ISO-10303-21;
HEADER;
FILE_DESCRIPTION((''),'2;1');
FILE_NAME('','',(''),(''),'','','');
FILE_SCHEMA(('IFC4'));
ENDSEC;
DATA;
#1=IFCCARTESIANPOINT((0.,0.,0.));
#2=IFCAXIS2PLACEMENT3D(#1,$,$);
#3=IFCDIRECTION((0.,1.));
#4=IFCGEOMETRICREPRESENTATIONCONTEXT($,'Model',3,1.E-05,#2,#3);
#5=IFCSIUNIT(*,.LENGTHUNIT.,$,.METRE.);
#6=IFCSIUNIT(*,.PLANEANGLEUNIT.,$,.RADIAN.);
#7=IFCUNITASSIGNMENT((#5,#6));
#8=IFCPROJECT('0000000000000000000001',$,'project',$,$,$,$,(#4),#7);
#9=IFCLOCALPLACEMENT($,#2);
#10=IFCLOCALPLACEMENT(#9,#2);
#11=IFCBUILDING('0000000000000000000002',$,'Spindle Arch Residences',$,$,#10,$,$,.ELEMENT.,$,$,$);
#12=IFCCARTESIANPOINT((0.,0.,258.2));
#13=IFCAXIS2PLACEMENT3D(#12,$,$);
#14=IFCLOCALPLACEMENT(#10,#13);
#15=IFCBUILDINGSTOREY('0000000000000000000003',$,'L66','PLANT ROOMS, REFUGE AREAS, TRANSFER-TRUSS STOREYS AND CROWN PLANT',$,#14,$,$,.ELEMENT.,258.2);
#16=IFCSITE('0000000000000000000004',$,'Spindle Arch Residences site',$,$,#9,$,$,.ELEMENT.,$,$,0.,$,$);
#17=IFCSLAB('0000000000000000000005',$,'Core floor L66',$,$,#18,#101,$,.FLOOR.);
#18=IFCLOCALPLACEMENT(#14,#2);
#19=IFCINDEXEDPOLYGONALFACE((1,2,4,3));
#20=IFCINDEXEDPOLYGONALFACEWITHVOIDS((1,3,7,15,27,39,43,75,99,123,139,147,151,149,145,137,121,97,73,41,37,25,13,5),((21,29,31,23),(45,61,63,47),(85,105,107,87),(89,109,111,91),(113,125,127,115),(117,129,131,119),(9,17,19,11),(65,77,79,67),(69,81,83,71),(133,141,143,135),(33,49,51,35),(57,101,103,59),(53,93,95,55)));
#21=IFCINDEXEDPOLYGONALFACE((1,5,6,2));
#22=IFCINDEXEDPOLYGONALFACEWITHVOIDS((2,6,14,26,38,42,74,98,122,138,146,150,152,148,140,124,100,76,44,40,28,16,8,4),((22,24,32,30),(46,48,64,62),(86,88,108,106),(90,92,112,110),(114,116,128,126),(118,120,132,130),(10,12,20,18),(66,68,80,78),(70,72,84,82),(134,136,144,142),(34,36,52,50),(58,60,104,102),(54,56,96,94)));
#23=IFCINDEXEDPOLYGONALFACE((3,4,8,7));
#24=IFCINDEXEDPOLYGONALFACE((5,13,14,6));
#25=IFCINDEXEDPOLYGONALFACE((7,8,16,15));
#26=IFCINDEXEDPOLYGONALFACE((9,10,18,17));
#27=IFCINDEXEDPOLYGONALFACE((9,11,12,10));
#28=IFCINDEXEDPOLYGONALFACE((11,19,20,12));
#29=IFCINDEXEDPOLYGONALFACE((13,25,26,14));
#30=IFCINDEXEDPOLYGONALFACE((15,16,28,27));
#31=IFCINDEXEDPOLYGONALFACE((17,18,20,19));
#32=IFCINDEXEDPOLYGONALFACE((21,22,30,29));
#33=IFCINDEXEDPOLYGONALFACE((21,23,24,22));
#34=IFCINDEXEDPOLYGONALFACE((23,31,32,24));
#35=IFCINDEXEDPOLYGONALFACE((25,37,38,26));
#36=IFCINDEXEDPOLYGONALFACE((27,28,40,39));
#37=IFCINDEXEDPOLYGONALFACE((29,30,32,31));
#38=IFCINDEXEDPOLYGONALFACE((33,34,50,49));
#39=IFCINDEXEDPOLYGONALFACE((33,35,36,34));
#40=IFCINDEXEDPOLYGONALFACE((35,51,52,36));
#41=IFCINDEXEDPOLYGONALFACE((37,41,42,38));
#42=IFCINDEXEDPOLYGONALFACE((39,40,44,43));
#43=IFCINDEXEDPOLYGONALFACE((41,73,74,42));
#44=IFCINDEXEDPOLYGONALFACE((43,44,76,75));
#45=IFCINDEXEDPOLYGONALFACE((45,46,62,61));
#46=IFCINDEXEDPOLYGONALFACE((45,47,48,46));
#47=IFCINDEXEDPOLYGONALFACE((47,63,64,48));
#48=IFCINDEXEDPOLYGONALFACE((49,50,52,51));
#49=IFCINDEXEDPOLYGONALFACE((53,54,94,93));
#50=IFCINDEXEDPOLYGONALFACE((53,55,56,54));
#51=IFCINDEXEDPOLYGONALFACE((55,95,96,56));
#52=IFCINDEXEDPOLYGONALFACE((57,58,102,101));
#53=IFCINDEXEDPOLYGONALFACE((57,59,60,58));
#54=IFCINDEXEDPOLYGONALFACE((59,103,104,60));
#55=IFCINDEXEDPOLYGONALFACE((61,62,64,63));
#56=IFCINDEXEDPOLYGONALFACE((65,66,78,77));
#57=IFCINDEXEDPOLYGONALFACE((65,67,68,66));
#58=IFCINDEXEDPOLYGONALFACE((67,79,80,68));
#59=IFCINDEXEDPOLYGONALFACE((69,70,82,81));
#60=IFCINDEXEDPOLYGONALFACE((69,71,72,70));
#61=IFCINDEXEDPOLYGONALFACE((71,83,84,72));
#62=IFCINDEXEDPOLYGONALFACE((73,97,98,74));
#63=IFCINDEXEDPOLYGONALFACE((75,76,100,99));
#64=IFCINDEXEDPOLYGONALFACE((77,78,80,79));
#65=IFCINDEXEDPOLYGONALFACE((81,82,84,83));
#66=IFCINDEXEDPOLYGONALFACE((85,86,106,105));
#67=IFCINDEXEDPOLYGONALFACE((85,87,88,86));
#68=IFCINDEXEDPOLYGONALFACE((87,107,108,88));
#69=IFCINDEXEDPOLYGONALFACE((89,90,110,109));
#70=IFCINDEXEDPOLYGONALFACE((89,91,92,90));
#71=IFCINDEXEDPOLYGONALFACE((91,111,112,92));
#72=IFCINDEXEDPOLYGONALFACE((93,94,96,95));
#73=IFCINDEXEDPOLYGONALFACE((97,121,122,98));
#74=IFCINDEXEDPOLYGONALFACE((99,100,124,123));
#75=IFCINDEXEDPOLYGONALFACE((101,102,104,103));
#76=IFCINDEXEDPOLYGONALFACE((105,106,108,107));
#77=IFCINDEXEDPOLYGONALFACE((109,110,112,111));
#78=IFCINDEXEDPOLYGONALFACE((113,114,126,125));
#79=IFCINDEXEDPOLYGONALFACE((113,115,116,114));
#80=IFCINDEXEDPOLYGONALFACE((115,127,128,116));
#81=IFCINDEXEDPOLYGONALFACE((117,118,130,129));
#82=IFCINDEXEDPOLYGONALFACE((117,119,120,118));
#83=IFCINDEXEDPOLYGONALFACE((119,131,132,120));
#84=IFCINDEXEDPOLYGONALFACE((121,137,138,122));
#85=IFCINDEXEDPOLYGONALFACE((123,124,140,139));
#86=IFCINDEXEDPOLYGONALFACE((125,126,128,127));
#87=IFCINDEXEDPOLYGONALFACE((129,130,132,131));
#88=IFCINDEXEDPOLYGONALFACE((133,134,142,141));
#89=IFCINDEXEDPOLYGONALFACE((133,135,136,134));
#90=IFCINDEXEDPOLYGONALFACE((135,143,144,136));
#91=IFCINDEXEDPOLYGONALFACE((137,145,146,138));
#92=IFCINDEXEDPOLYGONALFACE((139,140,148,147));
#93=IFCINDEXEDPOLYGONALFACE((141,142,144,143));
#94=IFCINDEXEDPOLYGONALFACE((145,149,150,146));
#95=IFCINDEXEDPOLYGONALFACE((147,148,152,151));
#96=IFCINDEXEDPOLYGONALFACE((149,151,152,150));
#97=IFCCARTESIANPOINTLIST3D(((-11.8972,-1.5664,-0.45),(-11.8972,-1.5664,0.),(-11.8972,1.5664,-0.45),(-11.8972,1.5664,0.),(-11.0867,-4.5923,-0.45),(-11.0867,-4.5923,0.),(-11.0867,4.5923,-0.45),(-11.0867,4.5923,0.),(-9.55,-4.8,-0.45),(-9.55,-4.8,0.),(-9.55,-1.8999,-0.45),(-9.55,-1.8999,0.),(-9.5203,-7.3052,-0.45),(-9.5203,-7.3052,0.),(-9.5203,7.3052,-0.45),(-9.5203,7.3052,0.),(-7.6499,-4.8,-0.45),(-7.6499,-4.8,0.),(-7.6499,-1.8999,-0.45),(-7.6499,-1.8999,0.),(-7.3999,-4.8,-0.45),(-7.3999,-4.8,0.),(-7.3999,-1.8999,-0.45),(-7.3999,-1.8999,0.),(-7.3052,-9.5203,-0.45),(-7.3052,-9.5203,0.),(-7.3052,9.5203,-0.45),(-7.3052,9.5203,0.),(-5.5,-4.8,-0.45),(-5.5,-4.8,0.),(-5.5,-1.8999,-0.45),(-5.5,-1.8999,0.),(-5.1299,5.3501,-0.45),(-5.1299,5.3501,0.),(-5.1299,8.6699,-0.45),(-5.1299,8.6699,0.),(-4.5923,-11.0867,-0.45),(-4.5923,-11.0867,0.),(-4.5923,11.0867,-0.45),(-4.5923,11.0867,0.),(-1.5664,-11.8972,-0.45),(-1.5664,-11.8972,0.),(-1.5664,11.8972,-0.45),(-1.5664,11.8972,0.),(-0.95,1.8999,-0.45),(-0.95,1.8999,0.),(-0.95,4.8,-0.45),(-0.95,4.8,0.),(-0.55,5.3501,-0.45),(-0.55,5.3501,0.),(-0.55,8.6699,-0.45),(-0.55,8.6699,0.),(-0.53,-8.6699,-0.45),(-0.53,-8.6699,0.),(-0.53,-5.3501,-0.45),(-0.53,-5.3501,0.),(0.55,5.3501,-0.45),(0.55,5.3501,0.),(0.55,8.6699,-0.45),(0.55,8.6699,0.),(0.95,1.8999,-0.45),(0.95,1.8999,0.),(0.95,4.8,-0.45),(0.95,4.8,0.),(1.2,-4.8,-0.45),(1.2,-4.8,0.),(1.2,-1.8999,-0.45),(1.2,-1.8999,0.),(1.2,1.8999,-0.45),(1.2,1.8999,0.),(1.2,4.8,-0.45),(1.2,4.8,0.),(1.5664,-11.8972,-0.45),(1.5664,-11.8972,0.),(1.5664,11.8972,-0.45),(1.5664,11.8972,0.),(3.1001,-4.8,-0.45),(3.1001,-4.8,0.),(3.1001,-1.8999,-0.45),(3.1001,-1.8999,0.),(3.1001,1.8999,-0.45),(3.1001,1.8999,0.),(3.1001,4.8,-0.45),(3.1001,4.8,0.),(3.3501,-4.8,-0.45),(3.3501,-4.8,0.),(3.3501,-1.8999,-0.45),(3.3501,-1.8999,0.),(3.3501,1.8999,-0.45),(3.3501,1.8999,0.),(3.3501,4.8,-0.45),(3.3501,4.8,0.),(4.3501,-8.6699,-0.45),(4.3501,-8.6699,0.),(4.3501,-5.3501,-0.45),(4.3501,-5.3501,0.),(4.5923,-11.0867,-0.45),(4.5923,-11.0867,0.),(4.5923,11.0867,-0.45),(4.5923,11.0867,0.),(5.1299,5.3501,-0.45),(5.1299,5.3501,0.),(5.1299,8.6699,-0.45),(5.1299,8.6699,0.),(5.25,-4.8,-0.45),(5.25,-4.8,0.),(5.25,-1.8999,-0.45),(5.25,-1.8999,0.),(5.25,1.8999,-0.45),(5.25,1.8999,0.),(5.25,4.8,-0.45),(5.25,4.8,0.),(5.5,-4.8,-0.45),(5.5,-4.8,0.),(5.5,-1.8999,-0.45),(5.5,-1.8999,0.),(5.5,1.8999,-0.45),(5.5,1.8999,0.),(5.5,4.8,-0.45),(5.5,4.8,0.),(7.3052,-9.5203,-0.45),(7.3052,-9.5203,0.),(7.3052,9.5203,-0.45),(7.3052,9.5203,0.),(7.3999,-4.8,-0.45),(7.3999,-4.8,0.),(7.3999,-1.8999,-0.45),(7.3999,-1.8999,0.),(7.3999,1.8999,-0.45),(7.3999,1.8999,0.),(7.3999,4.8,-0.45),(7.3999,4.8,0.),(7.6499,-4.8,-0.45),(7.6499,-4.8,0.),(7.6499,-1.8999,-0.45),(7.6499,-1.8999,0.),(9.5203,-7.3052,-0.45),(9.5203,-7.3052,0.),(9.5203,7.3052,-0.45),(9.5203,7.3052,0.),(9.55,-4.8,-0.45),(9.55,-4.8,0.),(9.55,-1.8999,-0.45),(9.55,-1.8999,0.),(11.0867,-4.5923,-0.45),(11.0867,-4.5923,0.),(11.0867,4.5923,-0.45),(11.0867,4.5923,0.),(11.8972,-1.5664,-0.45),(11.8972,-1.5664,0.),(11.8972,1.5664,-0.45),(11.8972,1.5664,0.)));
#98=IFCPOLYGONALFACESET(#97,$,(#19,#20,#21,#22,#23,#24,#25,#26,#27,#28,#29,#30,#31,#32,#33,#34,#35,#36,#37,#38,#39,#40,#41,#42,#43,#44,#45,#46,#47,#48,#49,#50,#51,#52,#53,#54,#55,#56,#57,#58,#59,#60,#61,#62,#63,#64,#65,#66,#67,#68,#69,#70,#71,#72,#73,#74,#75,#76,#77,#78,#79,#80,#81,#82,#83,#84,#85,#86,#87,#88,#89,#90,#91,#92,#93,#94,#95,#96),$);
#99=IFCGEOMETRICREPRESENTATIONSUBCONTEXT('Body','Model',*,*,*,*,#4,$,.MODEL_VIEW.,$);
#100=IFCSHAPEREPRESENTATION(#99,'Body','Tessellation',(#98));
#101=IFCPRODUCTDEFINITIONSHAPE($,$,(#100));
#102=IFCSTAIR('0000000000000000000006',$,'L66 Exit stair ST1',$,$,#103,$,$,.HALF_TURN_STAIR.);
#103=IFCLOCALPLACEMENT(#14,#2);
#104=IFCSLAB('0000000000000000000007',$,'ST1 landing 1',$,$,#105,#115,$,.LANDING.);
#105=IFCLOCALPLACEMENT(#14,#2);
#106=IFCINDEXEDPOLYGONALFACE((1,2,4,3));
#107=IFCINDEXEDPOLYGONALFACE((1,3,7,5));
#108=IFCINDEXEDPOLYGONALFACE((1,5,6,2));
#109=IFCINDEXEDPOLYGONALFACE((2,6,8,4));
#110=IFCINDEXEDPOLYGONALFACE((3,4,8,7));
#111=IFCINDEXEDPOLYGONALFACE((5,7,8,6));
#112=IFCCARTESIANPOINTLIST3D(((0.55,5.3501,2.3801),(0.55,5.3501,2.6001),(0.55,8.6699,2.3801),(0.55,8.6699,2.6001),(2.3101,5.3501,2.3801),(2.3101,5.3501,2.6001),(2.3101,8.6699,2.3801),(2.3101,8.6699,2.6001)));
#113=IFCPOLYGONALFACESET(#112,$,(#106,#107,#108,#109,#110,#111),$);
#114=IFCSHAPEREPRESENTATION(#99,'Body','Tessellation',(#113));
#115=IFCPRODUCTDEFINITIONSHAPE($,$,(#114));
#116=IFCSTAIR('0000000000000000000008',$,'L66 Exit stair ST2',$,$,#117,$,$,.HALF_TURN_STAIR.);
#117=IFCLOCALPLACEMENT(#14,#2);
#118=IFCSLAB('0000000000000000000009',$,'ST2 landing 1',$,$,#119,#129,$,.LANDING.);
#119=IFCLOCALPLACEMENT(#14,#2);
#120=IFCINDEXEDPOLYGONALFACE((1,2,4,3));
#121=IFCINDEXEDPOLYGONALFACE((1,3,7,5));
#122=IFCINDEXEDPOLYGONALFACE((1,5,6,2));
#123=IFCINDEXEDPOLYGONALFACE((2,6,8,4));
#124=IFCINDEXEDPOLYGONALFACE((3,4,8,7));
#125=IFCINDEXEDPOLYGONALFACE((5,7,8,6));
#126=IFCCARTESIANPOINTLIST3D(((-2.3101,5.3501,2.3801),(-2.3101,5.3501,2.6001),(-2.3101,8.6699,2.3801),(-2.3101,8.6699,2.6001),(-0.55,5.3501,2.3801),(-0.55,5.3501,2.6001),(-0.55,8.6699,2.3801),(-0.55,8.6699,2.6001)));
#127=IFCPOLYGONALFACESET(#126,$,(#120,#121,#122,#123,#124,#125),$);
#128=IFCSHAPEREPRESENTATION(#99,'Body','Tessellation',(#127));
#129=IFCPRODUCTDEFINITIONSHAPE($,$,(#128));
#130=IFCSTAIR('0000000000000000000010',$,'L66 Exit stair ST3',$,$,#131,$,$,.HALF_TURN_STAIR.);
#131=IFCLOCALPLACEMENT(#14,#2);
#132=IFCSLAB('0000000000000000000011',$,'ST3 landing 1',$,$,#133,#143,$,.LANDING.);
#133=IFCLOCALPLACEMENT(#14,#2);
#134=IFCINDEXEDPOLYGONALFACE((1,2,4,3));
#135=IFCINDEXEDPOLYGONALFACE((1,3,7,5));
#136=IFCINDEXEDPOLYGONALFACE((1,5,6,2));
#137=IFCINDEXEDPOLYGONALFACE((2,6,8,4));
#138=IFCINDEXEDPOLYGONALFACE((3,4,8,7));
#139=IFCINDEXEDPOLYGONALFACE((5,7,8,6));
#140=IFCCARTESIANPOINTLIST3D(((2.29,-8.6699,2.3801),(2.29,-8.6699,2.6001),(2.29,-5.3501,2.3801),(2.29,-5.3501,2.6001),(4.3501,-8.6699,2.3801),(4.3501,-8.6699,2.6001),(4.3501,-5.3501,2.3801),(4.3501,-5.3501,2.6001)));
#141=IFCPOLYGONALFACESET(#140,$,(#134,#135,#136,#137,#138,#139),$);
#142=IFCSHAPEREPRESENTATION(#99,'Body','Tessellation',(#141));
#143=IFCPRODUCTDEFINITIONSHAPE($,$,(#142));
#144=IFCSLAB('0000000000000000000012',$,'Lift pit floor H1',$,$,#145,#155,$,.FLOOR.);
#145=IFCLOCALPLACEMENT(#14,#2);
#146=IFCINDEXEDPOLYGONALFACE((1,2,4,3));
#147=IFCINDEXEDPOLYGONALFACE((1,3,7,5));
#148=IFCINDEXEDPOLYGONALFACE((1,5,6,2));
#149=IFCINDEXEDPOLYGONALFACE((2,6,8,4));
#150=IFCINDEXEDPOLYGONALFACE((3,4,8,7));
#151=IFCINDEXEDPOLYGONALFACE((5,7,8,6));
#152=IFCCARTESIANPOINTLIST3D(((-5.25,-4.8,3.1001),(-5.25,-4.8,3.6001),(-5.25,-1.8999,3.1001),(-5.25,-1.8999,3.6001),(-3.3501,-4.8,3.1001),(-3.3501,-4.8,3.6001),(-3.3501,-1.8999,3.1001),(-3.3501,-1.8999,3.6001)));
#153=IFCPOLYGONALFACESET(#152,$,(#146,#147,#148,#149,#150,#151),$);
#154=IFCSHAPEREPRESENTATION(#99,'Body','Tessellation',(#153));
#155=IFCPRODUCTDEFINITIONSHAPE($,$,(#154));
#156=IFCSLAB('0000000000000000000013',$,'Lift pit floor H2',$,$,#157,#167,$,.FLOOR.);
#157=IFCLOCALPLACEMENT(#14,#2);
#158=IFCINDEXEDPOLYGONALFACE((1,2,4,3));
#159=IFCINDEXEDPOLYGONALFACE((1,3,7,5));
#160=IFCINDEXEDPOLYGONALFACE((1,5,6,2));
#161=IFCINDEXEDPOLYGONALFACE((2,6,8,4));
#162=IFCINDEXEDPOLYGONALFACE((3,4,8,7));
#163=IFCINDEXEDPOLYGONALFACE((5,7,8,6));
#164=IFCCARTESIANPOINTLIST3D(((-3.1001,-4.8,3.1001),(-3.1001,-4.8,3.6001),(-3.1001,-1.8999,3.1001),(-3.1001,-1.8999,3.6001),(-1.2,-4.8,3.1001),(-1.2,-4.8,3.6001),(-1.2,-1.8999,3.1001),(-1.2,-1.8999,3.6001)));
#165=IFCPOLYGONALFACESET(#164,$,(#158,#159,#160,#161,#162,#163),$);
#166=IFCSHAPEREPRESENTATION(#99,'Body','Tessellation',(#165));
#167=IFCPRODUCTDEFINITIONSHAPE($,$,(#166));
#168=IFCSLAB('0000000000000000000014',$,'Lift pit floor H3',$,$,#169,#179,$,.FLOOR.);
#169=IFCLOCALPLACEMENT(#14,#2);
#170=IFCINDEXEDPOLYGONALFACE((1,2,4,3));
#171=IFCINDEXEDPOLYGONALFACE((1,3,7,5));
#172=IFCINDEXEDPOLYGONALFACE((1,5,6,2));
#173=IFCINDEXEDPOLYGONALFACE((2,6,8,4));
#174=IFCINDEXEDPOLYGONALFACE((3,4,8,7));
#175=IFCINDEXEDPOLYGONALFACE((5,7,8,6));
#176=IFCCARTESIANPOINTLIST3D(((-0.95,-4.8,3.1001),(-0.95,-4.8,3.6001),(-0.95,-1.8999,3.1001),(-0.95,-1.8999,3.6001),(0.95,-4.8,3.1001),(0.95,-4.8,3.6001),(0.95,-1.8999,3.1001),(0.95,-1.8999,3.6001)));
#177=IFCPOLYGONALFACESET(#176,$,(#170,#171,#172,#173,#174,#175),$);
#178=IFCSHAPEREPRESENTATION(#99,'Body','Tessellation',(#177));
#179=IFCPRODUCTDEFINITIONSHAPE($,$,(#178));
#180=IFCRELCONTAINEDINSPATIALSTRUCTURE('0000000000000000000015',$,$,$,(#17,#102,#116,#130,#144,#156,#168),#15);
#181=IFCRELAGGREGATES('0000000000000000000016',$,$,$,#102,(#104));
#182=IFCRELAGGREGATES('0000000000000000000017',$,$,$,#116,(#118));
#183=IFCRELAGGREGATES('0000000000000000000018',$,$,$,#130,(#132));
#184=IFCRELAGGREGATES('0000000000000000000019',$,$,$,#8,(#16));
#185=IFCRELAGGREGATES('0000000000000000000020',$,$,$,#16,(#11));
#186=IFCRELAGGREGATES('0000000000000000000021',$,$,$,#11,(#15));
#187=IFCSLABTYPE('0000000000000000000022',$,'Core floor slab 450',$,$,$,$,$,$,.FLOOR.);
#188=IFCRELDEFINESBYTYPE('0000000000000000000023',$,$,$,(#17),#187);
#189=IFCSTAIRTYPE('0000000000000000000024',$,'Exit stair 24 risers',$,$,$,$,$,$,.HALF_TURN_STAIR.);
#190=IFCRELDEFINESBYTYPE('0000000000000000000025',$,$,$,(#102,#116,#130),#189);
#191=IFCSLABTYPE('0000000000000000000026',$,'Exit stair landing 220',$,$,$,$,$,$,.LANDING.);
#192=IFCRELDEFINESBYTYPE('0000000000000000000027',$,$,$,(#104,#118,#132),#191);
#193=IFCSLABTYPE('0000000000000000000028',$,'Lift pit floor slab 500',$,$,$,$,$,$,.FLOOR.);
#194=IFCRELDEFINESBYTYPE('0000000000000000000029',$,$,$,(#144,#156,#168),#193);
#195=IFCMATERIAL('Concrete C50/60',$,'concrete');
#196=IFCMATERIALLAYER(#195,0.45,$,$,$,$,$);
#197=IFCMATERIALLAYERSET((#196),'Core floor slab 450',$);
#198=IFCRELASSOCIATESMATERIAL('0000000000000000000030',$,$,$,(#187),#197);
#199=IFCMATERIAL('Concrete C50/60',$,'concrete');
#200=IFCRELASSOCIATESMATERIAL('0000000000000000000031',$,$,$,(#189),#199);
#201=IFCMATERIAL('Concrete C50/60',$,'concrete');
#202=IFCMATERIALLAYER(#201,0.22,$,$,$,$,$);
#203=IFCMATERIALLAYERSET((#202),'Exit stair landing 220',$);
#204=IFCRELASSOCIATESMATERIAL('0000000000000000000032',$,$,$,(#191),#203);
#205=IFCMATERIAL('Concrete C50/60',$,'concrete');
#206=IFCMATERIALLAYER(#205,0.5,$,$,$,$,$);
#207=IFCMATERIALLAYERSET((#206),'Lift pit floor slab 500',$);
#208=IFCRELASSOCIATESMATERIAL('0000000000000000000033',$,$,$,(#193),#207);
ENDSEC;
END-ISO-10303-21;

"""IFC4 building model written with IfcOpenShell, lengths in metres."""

from ifc_helpers import new_model, si_unit, direction, frame, origin, place, context, subcontext, project, spatial, polyline, outline, extrude, material, layer, layer_set, type_object, element, aggregate, save


model = new_model("IFC4")

# Units and contexts
model_context = context("Model", 3, precision=1e-05, world=origin(), true_north=direction((0.0, 1.0)))
body_context = subcontext(model_context, "Body", "Model", "MODEL_VIEW")
ifc_project = project(units=[si_unit("LENGTHUNIT", "METRE"), si_unit("PLANEANGLEUNIT", "RADIAN")], contexts=[model_context])

# Site, building, storey
site_placement = place(None, origin())
site = spatial("IfcSite", under=ifc_project, at=site_placement, Name="Spindle Arch Residences site", CompositionType="ELEMENT", RefElevation=0.0)
building_placement = place(site_placement, origin())
building = spatial("IfcBuilding", under=site, at=building_placement, Name="Spindle Arch Residences", CompositionType="ELEMENT")
storey_placement = place(building_placement, frame((0.0, 0.0, 258.2)))
storey = spatial("IfcBuildingStorey", under=building, at=storey_placement, Name="L66", Description="PLANT ROOMS, REFUGE AREAS, TRANSFER-TRUSS STOREYS AND CROWN PLANT", CompositionType="ELEMENT", Elevation=258.2)

# Slab
ifc_material_1 = material(Name="Concrete C50/60", Category="concrete")
ifc_layer_1 = layer(ifc_material_1, 0.45)
ifc_layer_set_1 = layer_set([ifc_layer_1], Name="Core floor slab 450")
slab_type_1 = type_object("IfcSlabType", Name="Core floor slab 450", PredefinedType="FLOOR", material=ifc_layer_set_1)
slab_1_placement = place(storey_placement, frame((0.0, 0.0, -0.45)))
element("IfcSlab", 1, at=slab_1_placement, inside=storey, type_object=slab_type_1, Name="Core floor L66", PredefinedType="FLOOR", context=body_context, shape_type="SweptSolid", body=[
    extrude(outline(polyline([(1.5664, -11.8972), (4.5923, -11.0867), (7.3052, -9.5203), (9.5203, -7.3052), (11.0867, -4.5923), (11.8972, -1.5664), (11.8972, 1.5664), (11.0867, 4.5923), (9.5203, 7.3052), (7.3052, 9.5203), (4.5923, 11.0867), (1.5664, 11.8972), (-1.5664, 11.8972), (-4.5923, 11.0867), (-7.3052, 9.5203), (-9.5203, 7.3052), (-11.0867, 4.5923), (-11.8972, 1.5664), (-11.8972, -1.5664), (-11.0867, -4.5923), (-9.5203, -7.3052), (-7.3052, -9.5203), (-4.5923, -11.0867), (-1.5664, -11.8972), (1.5664, -11.8972)]), holes=[polyline([(-0.95, 1.8999), (0.95, 1.8999), (0.95, 4.8), (-0.95, 4.8), (-0.95, 1.8999)]), polyline([(1.2, 1.8999), (3.1001, 1.8999), (3.1001, 4.8), (1.2, 4.8), (1.2, 1.8999)]), polyline([(3.3501, 1.8999), (5.25, 1.8999), (5.25, 4.8), (3.3501, 4.8), (3.3501, 1.8999)]), polyline([(5.5, 1.8999), (7.3999, 1.8999), (7.3999, 4.8), (5.5, 4.8), (5.5, 1.8999)]), polyline([(-9.55, -4.8), (-7.6499, -4.8), (-7.6499, -1.8999), (-9.55, -1.8999), (-9.55, -4.8)]), polyline([(-7.3999, -4.8), (-5.5, -4.8), (-5.5, -1.8999), (-7.3999, -1.8999), (-7.3999, -4.8)]), polyline([(1.2, -4.8), (3.1001, -4.8), (3.1001, -1.8999), (1.2, -1.8999), (1.2, -4.8)]), polyline([(3.3501, -4.8), (5.25, -4.8), (5.25, -1.8999), (3.3501, -1.8999), (3.3501, -4.8)]), polyline([(5.5, -4.8), (7.3999, -4.8), (7.3999, -1.8999), (5.5, -1.8999), (5.5, -4.8)]), polyline([(7.6499, -4.8), (9.55, -4.8), (9.55, -1.8999), (7.6499, -1.8999), (7.6499, -4.8)]), polyline([(5.1299, 8.6699), (0.55, 8.6699), (0.55, 5.3501), (5.1299, 5.3501), (5.1299, 8.6699)]), polyline([(-5.1299, 5.3501), (-0.55, 5.3501), (-0.55, 8.6699), (-5.1299, 8.6699), (-5.1299, 5.3501)]), polyline([(-0.53, -8.6699), (4.3501, -8.6699), (4.3501, -5.3501), (-0.53, -5.3501), (-0.53, -8.6699)])]), origin(), (0.0, 0.0, 1.0), 0.45),
])

# Stairs, slabs
ifc_material_2 = material(Name="Concrete C50/60", Category="concrete")
stair_type = type_object("IfcStairType", Name="Exit stair 24 risers", PredefinedType="HALF_TURN_STAIR", material=ifc_material_2)
stair_1_placement = place(storey_placement, origin())
stair_1 = element("IfcStair", 2, at=stair_1_placement, inside=storey, type_object=stair_type, Name="L66 Exit stair ST1", PredefinedType="HALF_TURN_STAIR")
ifc_material_3 = material(Name="Concrete C50/60", Category="concrete")
ifc_layer_2 = layer(ifc_material_3, 0.22)
ifc_layer_set_2 = layer_set([ifc_layer_2], Name="Exit stair landing 220")
slab_type_2 = type_object("IfcSlabType", Name="Exit stair landing 220", PredefinedType="LANDING", material=ifc_layer_set_2)
slab_2_placement = place(storey_placement, frame((0.0, 0.0, 2.3801)))
slab_2 = element("IfcSlab", 3, at=slab_2_placement, type_object=slab_type_2, Name="ST1 landing 1", PredefinedType="LANDING", context=body_context, shape_type="SweptSolid", body=[
    extrude(outline(polyline([(2.3101, 8.6699), (0.55, 8.6699), (0.55, 5.3501), (2.3101, 5.3501), (2.3101, 8.6699)])), origin(), (0.0, 0.0, 1.0), 0.22),
])
aggregate(stair_1, [slab_2])
stair_2_placement = place(storey_placement, origin())
stair_2 = element("IfcStair", 4, at=stair_2_placement, inside=storey, type_object=stair_type, Name="L66 Exit stair ST2", PredefinedType="HALF_TURN_STAIR")
slab_3_placement = place(storey_placement, frame((0.0, 0.0, 2.3801)))
slab_3 = element("IfcSlab", 5, at=slab_3_placement, type_object=slab_type_2, Name="ST2 landing 1", PredefinedType="LANDING", context=body_context, shape_type="SweptSolid", body=[
    extrude(outline(polyline([(-2.3101, 5.3501), (-0.55, 5.3501), (-0.55, 8.6699), (-2.3101, 8.6699), (-2.3101, 5.3501)])), origin(), (0.0, 0.0, 1.0), 0.22),
])
aggregate(stair_2, [slab_3])
stair_3_placement = place(storey_placement, origin())
stair_3 = element("IfcStair", 6, at=stair_3_placement, inside=storey, type_object=stair_type, Name="L66 Exit stair ST3", PredefinedType="HALF_TURN_STAIR")
slab_4_placement = place(storey_placement, frame((0.0, 0.0, 2.3801)))
slab_4 = element("IfcSlab", 7, at=slab_4_placement, type_object=slab_type_2, Name="ST3 landing 1", PredefinedType="LANDING", context=body_context, shape_type="SweptSolid", body=[
    extrude(outline(polyline([(2.29, -8.6699), (4.3501, -8.6699), (4.3501, -5.3501), (2.29, -5.3501), (2.29, -8.6699)])), origin(), (0.0, 0.0, 1.0), 0.22),
])

# Slabs
ifc_material_4 = material(Name="Concrete C50/60", Category="concrete")
ifc_layer_3 = layer(ifc_material_4, 0.5)
ifc_layer_set_3 = layer_set([ifc_layer_3], Name="Lift pit floor slab 500")
slab_type_3 = type_object("IfcSlabType", Name="Lift pit floor slab 500", PredefinedType="FLOOR", material=ifc_layer_set_3)
slab_5_placement = place(storey_placement, frame((0.0, 0.0, 3.1001)))
element("IfcSlab", 8, at=slab_5_placement, inside=storey, type_object=slab_type_3, Name="Lift pit floor H1", PredefinedType="FLOOR", context=body_context, shape_type="SweptSolid", body=[
    extrude(outline(polyline([(-5.25, -4.8), (-3.3501, -4.8), (-3.3501, -1.8999), (-5.25, -1.8999), (-5.25, -4.8)])), origin(), (0.0, 0.0, 1.0), 0.5),
])
slab_6_placement = place(storey_placement, frame((0.0, 0.0, 3.1001)))
element("IfcSlab", 9, at=slab_6_placement, inside=storey, type_object=slab_type_3, Name="Lift pit floor H2", PredefinedType="FLOOR", context=body_context, shape_type="SweptSolid", body=[
    extrude(outline(polyline([(-3.1001, -4.8), (-1.2, -4.8), (-1.2, -1.8999), (-3.1001, -1.8999), (-3.1001, -4.8)])), origin(), (0.0, 0.0, 1.0), 0.5),
])
slab_7_placement = place(storey_placement, frame((0.0, 0.0, 3.1001)))
element("IfcSlab", 10, at=slab_7_placement, inside=storey, type_object=slab_type_3, Name="Lift pit floor H3", PredefinedType="FLOOR", context=body_context, shape_type="SweptSolid", body=[
    extrude(outline(polyline([(-0.95, -4.8), (0.95, -4.8), (0.95, -1.8999), (-0.95, -1.8999), (-0.95, -4.8)])), origin(), (0.0, 0.0, 1.0), 0.5),
])

aggregate(stair_3, [slab_4])

save(model, "model.ifc")
